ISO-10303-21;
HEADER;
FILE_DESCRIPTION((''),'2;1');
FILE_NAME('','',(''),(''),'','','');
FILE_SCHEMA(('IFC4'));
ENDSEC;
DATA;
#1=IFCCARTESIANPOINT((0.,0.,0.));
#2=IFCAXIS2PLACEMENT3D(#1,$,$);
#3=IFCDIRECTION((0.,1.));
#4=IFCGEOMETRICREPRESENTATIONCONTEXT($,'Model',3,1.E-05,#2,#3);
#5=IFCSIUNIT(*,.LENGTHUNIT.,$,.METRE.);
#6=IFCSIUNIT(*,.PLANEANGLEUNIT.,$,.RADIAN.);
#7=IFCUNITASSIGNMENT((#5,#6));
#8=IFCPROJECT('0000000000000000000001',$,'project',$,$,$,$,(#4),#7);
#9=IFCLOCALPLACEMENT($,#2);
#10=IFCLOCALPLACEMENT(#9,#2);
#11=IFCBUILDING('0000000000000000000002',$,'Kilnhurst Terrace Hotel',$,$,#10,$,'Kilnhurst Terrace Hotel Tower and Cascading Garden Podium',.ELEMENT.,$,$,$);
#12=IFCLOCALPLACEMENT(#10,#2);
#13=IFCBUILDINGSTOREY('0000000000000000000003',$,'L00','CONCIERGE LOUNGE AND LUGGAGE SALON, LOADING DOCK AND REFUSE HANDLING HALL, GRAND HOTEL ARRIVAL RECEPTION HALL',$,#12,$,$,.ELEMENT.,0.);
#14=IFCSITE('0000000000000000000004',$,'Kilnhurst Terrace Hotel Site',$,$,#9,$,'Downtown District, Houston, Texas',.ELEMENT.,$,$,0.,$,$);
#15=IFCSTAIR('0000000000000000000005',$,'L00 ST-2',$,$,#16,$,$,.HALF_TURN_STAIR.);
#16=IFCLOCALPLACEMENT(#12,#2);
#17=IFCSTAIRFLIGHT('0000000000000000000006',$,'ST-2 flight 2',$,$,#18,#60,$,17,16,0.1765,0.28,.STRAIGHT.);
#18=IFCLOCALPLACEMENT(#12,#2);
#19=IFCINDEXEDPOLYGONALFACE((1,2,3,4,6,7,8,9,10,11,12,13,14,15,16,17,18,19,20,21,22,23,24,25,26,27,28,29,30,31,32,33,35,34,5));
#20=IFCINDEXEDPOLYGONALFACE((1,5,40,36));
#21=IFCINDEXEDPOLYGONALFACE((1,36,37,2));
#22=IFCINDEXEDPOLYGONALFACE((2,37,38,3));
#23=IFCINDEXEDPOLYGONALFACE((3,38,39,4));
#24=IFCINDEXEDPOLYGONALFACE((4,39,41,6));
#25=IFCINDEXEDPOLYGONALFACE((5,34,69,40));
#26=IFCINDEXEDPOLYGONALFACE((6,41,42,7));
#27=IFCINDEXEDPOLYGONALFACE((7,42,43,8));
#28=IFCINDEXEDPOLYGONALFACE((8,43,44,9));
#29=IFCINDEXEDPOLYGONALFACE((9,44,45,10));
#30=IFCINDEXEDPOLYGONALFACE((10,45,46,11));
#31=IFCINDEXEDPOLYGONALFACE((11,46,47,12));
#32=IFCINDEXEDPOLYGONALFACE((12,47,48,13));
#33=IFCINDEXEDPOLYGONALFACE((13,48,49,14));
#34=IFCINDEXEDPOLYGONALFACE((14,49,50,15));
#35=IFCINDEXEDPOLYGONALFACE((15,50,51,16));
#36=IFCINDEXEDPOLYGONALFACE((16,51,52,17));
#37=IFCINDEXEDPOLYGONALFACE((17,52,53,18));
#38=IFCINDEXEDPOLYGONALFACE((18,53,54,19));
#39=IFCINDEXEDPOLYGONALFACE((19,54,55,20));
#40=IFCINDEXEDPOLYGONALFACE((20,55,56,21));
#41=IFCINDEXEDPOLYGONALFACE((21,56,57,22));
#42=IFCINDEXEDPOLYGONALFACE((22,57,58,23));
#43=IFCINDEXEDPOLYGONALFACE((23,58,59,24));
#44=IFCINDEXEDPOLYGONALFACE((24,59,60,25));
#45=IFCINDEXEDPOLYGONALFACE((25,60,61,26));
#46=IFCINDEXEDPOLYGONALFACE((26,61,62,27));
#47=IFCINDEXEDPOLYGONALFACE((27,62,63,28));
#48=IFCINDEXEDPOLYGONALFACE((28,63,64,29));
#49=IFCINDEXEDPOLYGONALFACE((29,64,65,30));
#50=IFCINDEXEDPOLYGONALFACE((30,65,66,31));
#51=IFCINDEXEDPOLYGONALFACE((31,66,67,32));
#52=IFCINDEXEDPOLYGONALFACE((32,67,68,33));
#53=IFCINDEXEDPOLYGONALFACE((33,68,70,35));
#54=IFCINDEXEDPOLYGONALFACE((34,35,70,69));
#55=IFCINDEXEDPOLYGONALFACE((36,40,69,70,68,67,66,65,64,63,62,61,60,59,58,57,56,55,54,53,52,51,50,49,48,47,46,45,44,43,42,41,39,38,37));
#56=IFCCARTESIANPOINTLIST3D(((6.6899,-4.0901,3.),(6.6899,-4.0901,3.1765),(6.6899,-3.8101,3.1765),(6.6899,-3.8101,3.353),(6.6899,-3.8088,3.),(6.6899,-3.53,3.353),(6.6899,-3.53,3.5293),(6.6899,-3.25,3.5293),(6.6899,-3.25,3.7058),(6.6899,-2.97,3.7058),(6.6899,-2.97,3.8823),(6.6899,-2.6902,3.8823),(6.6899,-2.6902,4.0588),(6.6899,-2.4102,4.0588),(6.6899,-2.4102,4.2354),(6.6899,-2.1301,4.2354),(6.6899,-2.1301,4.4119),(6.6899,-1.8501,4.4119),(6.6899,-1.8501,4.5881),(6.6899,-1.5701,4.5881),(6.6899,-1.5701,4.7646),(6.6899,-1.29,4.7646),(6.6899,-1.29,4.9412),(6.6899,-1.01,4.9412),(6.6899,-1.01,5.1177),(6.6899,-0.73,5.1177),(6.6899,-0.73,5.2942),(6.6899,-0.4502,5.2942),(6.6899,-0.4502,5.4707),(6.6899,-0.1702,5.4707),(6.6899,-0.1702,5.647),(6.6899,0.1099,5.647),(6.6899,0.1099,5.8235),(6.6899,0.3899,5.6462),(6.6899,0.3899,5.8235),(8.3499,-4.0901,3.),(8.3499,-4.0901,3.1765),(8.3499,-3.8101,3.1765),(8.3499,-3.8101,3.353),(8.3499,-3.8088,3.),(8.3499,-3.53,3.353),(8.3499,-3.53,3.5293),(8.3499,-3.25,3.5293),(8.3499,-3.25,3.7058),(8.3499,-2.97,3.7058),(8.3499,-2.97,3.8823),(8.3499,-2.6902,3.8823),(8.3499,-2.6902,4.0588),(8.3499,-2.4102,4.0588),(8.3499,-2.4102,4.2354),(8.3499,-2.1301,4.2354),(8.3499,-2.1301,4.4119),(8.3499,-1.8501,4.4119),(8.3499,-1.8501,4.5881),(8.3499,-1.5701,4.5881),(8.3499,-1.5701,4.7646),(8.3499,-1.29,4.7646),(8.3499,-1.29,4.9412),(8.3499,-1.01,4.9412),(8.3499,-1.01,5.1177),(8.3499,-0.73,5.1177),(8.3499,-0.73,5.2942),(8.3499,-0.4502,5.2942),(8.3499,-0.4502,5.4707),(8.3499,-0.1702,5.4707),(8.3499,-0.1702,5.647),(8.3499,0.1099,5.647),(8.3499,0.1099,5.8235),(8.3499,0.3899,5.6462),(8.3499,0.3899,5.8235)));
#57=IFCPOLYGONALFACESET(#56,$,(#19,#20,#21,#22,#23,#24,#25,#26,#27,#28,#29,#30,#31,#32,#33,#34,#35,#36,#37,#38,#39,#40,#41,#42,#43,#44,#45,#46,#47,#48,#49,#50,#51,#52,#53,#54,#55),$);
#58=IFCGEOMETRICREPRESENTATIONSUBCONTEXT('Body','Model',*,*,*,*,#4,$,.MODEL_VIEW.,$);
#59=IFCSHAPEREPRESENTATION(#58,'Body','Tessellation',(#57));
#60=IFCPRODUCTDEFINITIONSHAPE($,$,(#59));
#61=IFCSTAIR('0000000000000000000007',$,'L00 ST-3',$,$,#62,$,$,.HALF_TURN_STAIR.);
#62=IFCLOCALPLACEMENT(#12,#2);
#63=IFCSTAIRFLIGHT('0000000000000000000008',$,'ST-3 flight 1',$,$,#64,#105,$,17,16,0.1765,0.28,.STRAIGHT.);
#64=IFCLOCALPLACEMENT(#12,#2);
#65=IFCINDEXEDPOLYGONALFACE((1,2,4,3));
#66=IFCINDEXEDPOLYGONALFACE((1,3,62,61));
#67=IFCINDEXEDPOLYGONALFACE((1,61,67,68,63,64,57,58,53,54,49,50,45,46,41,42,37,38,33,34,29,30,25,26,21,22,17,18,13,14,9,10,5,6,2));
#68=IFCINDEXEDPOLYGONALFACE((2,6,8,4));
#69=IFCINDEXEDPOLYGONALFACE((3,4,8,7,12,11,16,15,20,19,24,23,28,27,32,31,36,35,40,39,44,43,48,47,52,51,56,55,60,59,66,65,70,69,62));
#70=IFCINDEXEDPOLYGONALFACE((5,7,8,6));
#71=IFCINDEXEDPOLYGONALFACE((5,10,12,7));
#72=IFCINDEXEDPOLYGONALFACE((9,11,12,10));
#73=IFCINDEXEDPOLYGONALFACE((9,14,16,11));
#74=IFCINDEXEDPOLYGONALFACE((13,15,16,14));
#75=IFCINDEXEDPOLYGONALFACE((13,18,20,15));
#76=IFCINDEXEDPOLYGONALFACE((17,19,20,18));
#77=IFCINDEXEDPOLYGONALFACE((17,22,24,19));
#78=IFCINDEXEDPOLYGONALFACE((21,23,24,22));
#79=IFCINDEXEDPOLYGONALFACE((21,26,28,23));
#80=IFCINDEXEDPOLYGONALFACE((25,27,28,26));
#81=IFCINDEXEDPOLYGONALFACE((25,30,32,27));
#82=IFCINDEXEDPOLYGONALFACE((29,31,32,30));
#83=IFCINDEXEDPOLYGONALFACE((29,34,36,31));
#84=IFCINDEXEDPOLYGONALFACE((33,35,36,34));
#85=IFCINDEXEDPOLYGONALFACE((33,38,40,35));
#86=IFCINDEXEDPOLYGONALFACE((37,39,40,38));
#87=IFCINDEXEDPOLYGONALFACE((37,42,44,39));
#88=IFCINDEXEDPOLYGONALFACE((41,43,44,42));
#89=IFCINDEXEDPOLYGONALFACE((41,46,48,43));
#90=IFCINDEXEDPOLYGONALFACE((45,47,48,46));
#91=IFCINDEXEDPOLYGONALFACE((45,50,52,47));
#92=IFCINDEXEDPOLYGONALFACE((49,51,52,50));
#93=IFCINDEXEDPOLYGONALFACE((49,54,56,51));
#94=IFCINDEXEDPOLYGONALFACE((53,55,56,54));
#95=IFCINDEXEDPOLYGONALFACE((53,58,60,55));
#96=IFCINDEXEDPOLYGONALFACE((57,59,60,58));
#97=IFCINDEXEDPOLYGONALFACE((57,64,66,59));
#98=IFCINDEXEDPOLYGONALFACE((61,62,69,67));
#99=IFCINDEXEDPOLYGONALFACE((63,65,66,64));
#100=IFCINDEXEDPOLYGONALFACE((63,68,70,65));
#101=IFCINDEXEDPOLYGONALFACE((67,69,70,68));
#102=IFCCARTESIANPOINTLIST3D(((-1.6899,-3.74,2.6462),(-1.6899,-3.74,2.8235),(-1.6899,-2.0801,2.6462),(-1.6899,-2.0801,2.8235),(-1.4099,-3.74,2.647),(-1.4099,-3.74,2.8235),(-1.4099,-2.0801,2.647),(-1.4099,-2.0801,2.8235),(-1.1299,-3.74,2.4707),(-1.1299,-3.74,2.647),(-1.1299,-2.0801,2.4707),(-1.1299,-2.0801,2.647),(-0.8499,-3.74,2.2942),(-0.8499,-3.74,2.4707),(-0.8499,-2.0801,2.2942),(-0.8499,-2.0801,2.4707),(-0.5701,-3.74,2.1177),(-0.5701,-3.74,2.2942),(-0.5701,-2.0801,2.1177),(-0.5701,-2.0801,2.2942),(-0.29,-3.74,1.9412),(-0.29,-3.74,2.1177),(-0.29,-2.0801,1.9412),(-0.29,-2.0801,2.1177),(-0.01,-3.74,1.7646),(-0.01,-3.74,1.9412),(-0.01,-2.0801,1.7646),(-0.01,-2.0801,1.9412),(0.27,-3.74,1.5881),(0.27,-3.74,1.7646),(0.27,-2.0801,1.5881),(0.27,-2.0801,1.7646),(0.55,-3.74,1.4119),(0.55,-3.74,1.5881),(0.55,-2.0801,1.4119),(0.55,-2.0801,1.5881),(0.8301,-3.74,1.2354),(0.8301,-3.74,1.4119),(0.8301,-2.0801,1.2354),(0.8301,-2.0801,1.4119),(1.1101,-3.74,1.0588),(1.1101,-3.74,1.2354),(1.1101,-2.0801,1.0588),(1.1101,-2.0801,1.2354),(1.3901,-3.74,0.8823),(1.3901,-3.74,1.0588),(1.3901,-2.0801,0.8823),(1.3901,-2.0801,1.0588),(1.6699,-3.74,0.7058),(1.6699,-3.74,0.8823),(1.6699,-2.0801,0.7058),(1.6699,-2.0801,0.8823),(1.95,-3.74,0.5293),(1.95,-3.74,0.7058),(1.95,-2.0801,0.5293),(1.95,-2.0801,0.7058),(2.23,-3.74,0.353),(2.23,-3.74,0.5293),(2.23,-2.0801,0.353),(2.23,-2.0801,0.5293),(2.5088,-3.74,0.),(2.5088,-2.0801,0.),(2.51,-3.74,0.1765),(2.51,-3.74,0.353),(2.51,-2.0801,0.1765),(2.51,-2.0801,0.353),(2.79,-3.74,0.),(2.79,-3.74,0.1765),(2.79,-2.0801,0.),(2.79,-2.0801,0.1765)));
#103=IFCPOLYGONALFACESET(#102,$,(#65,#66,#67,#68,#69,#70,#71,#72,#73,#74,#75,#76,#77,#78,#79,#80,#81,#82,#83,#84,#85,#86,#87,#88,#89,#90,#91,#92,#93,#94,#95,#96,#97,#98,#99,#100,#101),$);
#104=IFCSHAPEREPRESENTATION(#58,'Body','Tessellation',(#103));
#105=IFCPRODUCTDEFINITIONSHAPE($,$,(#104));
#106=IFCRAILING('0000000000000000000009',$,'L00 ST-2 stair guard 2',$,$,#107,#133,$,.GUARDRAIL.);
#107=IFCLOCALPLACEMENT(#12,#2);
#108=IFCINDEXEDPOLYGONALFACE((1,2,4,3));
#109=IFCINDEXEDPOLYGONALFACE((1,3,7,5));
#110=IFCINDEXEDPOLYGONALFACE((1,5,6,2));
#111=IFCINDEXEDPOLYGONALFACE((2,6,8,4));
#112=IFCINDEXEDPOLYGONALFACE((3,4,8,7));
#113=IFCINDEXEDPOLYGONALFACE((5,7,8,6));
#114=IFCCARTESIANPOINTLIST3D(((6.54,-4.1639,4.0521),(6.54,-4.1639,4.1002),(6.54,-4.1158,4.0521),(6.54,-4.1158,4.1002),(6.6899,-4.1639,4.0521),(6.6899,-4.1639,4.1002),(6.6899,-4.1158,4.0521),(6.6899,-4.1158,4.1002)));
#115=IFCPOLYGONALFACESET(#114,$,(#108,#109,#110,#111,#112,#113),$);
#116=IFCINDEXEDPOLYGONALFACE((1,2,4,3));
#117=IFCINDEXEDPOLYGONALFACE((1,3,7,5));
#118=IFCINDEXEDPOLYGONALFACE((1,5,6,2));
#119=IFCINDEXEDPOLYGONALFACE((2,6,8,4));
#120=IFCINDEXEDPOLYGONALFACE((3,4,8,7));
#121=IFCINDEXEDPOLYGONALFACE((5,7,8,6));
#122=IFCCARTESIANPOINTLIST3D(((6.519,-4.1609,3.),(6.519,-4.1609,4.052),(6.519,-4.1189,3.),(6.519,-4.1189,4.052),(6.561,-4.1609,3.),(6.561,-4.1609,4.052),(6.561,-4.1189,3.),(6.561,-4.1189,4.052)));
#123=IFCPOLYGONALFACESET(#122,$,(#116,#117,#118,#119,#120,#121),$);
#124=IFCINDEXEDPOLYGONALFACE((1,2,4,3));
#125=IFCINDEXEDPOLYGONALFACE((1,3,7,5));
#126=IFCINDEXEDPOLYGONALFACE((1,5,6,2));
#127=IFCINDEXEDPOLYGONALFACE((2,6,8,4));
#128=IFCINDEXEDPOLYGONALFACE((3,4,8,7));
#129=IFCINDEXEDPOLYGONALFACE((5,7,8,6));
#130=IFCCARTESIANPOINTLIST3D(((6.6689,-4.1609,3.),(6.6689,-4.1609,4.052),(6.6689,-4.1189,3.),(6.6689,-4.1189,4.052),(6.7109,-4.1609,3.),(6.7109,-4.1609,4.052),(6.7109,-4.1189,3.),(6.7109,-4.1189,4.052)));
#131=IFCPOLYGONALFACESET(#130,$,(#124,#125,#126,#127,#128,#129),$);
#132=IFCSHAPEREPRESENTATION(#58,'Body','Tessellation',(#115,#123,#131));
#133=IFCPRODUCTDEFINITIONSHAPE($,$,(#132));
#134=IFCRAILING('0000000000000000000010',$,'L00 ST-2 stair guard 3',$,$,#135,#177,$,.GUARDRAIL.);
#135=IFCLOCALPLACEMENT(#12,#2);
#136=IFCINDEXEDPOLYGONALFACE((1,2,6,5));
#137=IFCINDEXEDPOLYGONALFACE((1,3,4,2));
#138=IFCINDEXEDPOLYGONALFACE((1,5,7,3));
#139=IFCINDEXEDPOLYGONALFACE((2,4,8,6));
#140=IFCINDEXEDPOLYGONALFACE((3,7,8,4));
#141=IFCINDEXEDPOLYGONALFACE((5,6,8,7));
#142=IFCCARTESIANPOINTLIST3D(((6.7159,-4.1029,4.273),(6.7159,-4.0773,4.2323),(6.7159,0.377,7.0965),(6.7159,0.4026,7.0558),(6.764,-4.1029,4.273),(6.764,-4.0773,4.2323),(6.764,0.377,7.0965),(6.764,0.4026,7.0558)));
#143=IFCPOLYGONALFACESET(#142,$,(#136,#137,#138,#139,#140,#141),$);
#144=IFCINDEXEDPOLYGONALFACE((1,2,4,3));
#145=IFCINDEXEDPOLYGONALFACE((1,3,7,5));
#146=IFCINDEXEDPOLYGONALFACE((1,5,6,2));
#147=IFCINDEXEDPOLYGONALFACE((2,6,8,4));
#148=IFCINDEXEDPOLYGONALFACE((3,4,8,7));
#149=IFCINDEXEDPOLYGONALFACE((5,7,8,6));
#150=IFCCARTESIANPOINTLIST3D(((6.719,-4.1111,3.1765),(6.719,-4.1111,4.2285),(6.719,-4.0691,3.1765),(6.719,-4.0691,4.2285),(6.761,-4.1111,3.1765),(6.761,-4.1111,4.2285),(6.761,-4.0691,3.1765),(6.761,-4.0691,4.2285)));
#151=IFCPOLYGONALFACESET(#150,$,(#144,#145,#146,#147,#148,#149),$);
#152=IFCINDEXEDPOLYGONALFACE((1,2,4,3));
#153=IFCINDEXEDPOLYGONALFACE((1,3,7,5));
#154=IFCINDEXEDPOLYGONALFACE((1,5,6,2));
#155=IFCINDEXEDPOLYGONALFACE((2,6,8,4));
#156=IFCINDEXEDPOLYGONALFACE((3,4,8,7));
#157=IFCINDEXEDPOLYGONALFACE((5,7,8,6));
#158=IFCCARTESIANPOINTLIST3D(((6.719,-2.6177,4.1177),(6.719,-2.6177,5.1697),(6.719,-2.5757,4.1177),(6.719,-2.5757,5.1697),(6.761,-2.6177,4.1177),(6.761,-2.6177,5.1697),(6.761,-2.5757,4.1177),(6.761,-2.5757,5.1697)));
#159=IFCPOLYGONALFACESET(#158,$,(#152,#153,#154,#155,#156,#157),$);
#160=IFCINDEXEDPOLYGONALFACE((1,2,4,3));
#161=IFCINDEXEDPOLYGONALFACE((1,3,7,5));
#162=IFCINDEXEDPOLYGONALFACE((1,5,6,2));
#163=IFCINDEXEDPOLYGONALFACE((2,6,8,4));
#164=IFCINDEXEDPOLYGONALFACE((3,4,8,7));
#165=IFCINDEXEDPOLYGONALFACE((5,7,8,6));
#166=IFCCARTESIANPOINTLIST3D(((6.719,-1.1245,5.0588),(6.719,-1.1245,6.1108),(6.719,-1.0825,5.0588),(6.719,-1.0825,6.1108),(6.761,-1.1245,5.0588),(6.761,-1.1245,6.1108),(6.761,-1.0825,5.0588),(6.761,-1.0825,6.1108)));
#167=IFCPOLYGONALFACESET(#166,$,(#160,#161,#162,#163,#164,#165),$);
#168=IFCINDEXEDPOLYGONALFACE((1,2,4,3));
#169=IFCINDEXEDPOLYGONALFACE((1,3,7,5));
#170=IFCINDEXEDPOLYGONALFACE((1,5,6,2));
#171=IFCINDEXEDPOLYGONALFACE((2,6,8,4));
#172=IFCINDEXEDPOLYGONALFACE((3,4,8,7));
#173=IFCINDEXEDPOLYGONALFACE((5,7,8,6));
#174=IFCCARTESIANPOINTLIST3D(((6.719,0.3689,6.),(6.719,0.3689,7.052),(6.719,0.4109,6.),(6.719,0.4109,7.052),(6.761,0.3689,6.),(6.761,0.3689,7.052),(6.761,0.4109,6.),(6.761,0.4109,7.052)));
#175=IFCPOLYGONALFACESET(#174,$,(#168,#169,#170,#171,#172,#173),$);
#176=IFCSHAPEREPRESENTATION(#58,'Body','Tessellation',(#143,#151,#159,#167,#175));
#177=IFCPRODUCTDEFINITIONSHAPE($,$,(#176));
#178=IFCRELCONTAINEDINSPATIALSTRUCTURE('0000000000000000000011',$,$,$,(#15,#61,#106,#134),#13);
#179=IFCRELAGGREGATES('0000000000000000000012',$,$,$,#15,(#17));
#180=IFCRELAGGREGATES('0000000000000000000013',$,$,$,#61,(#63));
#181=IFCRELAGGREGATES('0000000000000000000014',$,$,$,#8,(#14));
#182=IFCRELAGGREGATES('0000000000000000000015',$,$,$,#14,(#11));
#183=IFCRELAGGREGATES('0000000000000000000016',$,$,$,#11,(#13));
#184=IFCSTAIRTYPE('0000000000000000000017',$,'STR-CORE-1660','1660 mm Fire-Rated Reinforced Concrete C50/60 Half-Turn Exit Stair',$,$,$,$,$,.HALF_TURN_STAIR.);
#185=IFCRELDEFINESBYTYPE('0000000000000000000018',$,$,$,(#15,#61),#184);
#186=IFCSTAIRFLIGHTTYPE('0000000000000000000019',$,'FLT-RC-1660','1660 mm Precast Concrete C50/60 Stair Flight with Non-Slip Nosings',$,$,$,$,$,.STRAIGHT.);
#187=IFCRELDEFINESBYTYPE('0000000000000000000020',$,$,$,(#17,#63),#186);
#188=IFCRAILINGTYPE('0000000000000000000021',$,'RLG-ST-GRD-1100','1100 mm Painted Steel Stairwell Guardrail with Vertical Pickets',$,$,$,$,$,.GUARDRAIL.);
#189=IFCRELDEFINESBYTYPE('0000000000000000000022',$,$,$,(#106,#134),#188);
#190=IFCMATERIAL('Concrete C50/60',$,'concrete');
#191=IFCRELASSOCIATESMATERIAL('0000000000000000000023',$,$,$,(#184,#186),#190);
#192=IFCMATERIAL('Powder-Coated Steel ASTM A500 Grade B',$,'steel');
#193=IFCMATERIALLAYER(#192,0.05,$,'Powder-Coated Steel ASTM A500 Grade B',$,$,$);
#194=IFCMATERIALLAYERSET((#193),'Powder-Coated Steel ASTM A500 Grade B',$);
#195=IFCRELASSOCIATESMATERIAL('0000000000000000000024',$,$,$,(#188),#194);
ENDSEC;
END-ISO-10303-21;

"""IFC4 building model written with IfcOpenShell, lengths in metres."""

from ifc_helpers import new_model, si_unit, direction, frame, origin, origin_2d, place, context, subcontext, project, spatial, polyline, rectangle, outline, extrude, material, layer, layer_set, type_object, element, aggregate, save


model = new_model("IFC4")

# Units and contexts
model_context = context("Model", 3, precision=1e-05, world=origin(), true_north=direction((0.0, 1.0)))
body_context = subcontext(model_context, "Body", "Model", "MODEL_VIEW")
ifc_project = project(units=[si_unit("LENGTHUNIT", "METRE"), si_unit("PLANEANGLEUNIT", "RADIAN")], contexts=[model_context])

# Site, building, storey
site_placement = place(None, origin())
site = spatial("IfcSite", under=ifc_project, at=site_placement, Name="Kilnhurst Terrace Hotel Site", LongName="Downtown District, Houston, Texas", CompositionType="ELEMENT", RefElevation=0.0)
building_placement = place(site_placement, origin())
building = spatial("IfcBuilding", under=site, at=building_placement, Name="Kilnhurst Terrace Hotel", LongName="Kilnhurst Terrace Hotel Tower and Cascading Garden Podium", CompositionType="ELEMENT")
storey_placement = place(building_placement, origin())
storey = spatial("IfcBuildingStorey", under=building, at=storey_placement, Name="L00", Description="CONCIERGE LOUNGE AND LUGGAGE SALON, LOADING DOCK AND REFUSE HANDLING HALL, GRAND HOTEL ARRIVAL RECEPTION HALL", CompositionType="ELEMENT", Elevation=0.0)

# Shared definitions
ifc_material_1 = material(Name="Concrete C50/60", Category="concrete")

# Stairs, stair flights
stair_type = type_object("IfcStairType", Name="STR-CORE-1660", Description="1660 mm Fire-Rated Reinforced Concrete C50/60 Half-Turn Exit Stair", PredefinedType="HALF_TURN_STAIR", material=ifc_material_1)
stair_1_placement = place(storey_placement, origin())
stair_1 = element("IfcStair", 1, at=stair_1_placement, inside=storey, type_object=stair_type, Name="L00 ST-2", PredefinedType="HALF_TURN_STAIR")
stair_flight_type = type_object("IfcStairFlightType", Name="FLT-RC-1660", Description="1660 mm Precast Concrete C50/60 Stair Flight with Non-Slip Nosings", PredefinedType="STRAIGHT", material=ifc_material_1)
stair_flight_1_placement = place(storey_placement, frame((7.52, -4.0901, 3.0), z_axis=(0.0, 0.0, 1.0), x_axis=(0.0, 1.0, 0.0)))
stair_flight_1 = element("IfcStairFlight", 2, at=stair_flight_1_placement, type_object=stair_flight_type, Name="ST-2 flight 2", NumberOfRisers=17, NumberOfTreads=16, PredefinedType="STRAIGHT", RiserHeight=0.1765, TreadLength=0.28, context=body_context, shape_type="SweptSolid", body=[
    extrude(outline(polyline([(0.0, 0.0), (0.0, 0.1765), (0.28, 0.1765), (0.28, 0.353), (0.5601, 0.353), (0.5601, 0.5293), (0.8401, 0.5293), (0.8401, 0.7058), (1.1201, 0.7058), (1.1201, 0.8823), (1.3999, 0.8823), (1.3999, 1.0588), (1.6799, 1.0588), (1.6799, 1.2354), (1.96, 1.2354), (1.96, 1.4119), (2.24, 1.4119), (2.24, 1.5881), (2.52, 1.5881), (2.52, 1.7646), (2.8, 1.7646), (2.8, 1.9412), (3.0801, 1.9412), (3.0801, 2.1177), (3.3601, 2.1177), (3.3601, 2.2942), (3.6399, 2.2942), (3.6399, 2.4707), (3.9199, 2.4707), (3.9199, 2.647), (4.2, 2.647), (4.2, 2.8235), (4.48, 2.8235), (4.48, 3.0), (4.48, 2.6462), (0.2812, 0.0), (0.0, 0.0)])), frame((0.0, 0.8301, 0.0), z_axis=(0.0, -1.0, 0.0), x_axis=(1.0, 0.0, 0.0)), (0.0, 0.0, 1.0), 1.6599),
])
aggregate(stair_1, [stair_flight_1])
stair_2_placement = place(storey_placement, origin())
stair_2 = element("IfcStair", 3, at=stair_2_placement, inside=storey, type_object=stair_type, Name="L00 ST-3", PredefinedType="HALF_TURN_STAIR")
stair_flight_2_placement = place(storey_placement, frame((2.79, -2.9099, 0.0), z_axis=(0.0, 0.0, 1.0), x_axis=(-1.0, 0.0, 0.0)))
stair_flight_2 = element("IfcStairFlight", 4, at=stair_flight_2_placement, type_object=stair_flight_type, Name="ST-3 flight 1", NumberOfRisers=17, NumberOfTreads=16, PredefinedType="STRAIGHT", RiserHeight=0.1765, TreadLength=0.28, context=body_context, shape_type="SweptSolid", body=[
    extrude(outline(polyline([(0.0, 0.0), (0.0, 0.1765), (0.28, 0.1765), (0.28, 0.353), (0.5601, 0.353), (0.5601, 0.5293), (0.8401, 0.5293), (0.8401, 0.7058), (1.1201, 0.7058), (1.1201, 0.8823), (1.3999, 0.8823), (1.3999, 1.0588), (1.6799, 1.0588), (1.6799, 1.2354), (1.96, 1.2354), (1.96, 1.4119), (2.24, 1.4119), (2.24, 1.5881), (2.52, 1.5881), (2.52, 1.7646), (2.8, 1.7646), (2.8, 1.9412), (3.0801, 1.9412), (3.0801, 2.1177), (3.3601, 2.1177), (3.3601, 2.2942), (3.6399, 2.2942), (3.6399, 2.4707), (3.9199, 2.4707), (3.9199, 2.647), (4.2, 2.647), (4.2, 2.8235), (4.48, 2.8235), (4.48, 3.0), (4.48, 2.6462), (0.2812, 0.0), (0.0, 0.0)])), frame((0.0, 0.8301, 0.0), z_axis=(0.0, -1.0, 0.0), x_axis=(1.0, 0.0, 0.0)), (0.0, 0.0, 1.0), 1.6599),
])
aggregate(stair_2, [stair_flight_2])

# Railings
ifc_material_2 = material(Name="Powder-Coated Steel ASTM A500 Grade B", Category="steel")
ifc_layer_1 = layer(ifc_material_2, 0.05, Name="Powder-Coated Steel ASTM A500 Grade B")
ifc_layer_set_1 = layer_set([ifc_layer_1], Name="Powder-Coated Steel ASTM A500 Grade B")
railing_type_1 = type_object("IfcRailingType", Name="RLG-ST-GRD-1100", Description="1100 mm Painted Steel Stairwell Guardrail with Vertical Pickets", PredefinedType="GUARDRAIL", material=ifc_layer_set_1)
railing_1_placement = place(storey_placement, frame((6.54, -4.1399, 3.0)))
element("IfcRailing", 5, at=railing_1_placement, inside=storey, type_object=railing_type_1, Name="L00 ST-2 stair guard 2", PredefinedType="GUARDRAIL", context=body_context, shape_type="SweptSolid", body=[
    extrude(rectangle(XDim=0.0481, YDim=0.0481, at=origin_2d()), frame((0.0, 0.0, 1.0762), z_axis=(1.0, 0.0, 0.0), x_axis=(0.0, 1.0, 0.0)), (0.0, 0.0, 1.0), 0.1499),
    extrude(rectangle(XDim=0.042, YDim=0.042, at=origin_2d()), origin(), (0.0, 0.0, 1.0), 1.052),
    extrude(rectangle(XDim=0.042, YDim=0.042, at=origin_2d()), frame((0.1499, 0.0, 0.0)), (0.0, 0.0, 1.0), 1.052),
])
railing_2_placement = place(storey_placement, frame((6.74, -4.0901, 3.1765)))
element("IfcRailing", 6, at=railing_2_placement, inside=storey, type_object=railing_type_1, Name="L00 ST-2 stair guard 3", PredefinedType="GUARDRAIL", context=body_context, shape_type="SweptSolid", body=[
    extrude(rectangle(XDim=0.0481, YDim=0.0481, at=origin_2d()), frame((0.0, 0.0, 1.0762), z_axis=(0.0, 0.845998, 0.533186), x_axis=(-1.0, 0.0, 0.0)), (0.0, 0.0, 1.0), 5.2954),
    extrude(rectangle(XDim=0.042, YDim=0.042, at=origin_2d()), origin(), (0.0, 0.0, 1.0), 1.052),
    extrude(rectangle(XDim=0.042, YDim=0.042, at=origin_2d()), frame((0.0, 1.4934, 0.9412)), (0.0, 0.0, 1.0), 1.052),
    extrude(rectangle(XDim=0.042, YDim=0.042, at=origin_2d()), frame((0.0, 2.9866, 1.8823)), (0.0, 0.0, 1.0), 1.052),
    extrude(rectangle(XDim=0.042, YDim=0.042, at=origin_2d()), frame((0.0, 4.48, 2.8235)), (0.0, 0.0, 1.0), 1.052),
])

save(model, "model.ifc")
